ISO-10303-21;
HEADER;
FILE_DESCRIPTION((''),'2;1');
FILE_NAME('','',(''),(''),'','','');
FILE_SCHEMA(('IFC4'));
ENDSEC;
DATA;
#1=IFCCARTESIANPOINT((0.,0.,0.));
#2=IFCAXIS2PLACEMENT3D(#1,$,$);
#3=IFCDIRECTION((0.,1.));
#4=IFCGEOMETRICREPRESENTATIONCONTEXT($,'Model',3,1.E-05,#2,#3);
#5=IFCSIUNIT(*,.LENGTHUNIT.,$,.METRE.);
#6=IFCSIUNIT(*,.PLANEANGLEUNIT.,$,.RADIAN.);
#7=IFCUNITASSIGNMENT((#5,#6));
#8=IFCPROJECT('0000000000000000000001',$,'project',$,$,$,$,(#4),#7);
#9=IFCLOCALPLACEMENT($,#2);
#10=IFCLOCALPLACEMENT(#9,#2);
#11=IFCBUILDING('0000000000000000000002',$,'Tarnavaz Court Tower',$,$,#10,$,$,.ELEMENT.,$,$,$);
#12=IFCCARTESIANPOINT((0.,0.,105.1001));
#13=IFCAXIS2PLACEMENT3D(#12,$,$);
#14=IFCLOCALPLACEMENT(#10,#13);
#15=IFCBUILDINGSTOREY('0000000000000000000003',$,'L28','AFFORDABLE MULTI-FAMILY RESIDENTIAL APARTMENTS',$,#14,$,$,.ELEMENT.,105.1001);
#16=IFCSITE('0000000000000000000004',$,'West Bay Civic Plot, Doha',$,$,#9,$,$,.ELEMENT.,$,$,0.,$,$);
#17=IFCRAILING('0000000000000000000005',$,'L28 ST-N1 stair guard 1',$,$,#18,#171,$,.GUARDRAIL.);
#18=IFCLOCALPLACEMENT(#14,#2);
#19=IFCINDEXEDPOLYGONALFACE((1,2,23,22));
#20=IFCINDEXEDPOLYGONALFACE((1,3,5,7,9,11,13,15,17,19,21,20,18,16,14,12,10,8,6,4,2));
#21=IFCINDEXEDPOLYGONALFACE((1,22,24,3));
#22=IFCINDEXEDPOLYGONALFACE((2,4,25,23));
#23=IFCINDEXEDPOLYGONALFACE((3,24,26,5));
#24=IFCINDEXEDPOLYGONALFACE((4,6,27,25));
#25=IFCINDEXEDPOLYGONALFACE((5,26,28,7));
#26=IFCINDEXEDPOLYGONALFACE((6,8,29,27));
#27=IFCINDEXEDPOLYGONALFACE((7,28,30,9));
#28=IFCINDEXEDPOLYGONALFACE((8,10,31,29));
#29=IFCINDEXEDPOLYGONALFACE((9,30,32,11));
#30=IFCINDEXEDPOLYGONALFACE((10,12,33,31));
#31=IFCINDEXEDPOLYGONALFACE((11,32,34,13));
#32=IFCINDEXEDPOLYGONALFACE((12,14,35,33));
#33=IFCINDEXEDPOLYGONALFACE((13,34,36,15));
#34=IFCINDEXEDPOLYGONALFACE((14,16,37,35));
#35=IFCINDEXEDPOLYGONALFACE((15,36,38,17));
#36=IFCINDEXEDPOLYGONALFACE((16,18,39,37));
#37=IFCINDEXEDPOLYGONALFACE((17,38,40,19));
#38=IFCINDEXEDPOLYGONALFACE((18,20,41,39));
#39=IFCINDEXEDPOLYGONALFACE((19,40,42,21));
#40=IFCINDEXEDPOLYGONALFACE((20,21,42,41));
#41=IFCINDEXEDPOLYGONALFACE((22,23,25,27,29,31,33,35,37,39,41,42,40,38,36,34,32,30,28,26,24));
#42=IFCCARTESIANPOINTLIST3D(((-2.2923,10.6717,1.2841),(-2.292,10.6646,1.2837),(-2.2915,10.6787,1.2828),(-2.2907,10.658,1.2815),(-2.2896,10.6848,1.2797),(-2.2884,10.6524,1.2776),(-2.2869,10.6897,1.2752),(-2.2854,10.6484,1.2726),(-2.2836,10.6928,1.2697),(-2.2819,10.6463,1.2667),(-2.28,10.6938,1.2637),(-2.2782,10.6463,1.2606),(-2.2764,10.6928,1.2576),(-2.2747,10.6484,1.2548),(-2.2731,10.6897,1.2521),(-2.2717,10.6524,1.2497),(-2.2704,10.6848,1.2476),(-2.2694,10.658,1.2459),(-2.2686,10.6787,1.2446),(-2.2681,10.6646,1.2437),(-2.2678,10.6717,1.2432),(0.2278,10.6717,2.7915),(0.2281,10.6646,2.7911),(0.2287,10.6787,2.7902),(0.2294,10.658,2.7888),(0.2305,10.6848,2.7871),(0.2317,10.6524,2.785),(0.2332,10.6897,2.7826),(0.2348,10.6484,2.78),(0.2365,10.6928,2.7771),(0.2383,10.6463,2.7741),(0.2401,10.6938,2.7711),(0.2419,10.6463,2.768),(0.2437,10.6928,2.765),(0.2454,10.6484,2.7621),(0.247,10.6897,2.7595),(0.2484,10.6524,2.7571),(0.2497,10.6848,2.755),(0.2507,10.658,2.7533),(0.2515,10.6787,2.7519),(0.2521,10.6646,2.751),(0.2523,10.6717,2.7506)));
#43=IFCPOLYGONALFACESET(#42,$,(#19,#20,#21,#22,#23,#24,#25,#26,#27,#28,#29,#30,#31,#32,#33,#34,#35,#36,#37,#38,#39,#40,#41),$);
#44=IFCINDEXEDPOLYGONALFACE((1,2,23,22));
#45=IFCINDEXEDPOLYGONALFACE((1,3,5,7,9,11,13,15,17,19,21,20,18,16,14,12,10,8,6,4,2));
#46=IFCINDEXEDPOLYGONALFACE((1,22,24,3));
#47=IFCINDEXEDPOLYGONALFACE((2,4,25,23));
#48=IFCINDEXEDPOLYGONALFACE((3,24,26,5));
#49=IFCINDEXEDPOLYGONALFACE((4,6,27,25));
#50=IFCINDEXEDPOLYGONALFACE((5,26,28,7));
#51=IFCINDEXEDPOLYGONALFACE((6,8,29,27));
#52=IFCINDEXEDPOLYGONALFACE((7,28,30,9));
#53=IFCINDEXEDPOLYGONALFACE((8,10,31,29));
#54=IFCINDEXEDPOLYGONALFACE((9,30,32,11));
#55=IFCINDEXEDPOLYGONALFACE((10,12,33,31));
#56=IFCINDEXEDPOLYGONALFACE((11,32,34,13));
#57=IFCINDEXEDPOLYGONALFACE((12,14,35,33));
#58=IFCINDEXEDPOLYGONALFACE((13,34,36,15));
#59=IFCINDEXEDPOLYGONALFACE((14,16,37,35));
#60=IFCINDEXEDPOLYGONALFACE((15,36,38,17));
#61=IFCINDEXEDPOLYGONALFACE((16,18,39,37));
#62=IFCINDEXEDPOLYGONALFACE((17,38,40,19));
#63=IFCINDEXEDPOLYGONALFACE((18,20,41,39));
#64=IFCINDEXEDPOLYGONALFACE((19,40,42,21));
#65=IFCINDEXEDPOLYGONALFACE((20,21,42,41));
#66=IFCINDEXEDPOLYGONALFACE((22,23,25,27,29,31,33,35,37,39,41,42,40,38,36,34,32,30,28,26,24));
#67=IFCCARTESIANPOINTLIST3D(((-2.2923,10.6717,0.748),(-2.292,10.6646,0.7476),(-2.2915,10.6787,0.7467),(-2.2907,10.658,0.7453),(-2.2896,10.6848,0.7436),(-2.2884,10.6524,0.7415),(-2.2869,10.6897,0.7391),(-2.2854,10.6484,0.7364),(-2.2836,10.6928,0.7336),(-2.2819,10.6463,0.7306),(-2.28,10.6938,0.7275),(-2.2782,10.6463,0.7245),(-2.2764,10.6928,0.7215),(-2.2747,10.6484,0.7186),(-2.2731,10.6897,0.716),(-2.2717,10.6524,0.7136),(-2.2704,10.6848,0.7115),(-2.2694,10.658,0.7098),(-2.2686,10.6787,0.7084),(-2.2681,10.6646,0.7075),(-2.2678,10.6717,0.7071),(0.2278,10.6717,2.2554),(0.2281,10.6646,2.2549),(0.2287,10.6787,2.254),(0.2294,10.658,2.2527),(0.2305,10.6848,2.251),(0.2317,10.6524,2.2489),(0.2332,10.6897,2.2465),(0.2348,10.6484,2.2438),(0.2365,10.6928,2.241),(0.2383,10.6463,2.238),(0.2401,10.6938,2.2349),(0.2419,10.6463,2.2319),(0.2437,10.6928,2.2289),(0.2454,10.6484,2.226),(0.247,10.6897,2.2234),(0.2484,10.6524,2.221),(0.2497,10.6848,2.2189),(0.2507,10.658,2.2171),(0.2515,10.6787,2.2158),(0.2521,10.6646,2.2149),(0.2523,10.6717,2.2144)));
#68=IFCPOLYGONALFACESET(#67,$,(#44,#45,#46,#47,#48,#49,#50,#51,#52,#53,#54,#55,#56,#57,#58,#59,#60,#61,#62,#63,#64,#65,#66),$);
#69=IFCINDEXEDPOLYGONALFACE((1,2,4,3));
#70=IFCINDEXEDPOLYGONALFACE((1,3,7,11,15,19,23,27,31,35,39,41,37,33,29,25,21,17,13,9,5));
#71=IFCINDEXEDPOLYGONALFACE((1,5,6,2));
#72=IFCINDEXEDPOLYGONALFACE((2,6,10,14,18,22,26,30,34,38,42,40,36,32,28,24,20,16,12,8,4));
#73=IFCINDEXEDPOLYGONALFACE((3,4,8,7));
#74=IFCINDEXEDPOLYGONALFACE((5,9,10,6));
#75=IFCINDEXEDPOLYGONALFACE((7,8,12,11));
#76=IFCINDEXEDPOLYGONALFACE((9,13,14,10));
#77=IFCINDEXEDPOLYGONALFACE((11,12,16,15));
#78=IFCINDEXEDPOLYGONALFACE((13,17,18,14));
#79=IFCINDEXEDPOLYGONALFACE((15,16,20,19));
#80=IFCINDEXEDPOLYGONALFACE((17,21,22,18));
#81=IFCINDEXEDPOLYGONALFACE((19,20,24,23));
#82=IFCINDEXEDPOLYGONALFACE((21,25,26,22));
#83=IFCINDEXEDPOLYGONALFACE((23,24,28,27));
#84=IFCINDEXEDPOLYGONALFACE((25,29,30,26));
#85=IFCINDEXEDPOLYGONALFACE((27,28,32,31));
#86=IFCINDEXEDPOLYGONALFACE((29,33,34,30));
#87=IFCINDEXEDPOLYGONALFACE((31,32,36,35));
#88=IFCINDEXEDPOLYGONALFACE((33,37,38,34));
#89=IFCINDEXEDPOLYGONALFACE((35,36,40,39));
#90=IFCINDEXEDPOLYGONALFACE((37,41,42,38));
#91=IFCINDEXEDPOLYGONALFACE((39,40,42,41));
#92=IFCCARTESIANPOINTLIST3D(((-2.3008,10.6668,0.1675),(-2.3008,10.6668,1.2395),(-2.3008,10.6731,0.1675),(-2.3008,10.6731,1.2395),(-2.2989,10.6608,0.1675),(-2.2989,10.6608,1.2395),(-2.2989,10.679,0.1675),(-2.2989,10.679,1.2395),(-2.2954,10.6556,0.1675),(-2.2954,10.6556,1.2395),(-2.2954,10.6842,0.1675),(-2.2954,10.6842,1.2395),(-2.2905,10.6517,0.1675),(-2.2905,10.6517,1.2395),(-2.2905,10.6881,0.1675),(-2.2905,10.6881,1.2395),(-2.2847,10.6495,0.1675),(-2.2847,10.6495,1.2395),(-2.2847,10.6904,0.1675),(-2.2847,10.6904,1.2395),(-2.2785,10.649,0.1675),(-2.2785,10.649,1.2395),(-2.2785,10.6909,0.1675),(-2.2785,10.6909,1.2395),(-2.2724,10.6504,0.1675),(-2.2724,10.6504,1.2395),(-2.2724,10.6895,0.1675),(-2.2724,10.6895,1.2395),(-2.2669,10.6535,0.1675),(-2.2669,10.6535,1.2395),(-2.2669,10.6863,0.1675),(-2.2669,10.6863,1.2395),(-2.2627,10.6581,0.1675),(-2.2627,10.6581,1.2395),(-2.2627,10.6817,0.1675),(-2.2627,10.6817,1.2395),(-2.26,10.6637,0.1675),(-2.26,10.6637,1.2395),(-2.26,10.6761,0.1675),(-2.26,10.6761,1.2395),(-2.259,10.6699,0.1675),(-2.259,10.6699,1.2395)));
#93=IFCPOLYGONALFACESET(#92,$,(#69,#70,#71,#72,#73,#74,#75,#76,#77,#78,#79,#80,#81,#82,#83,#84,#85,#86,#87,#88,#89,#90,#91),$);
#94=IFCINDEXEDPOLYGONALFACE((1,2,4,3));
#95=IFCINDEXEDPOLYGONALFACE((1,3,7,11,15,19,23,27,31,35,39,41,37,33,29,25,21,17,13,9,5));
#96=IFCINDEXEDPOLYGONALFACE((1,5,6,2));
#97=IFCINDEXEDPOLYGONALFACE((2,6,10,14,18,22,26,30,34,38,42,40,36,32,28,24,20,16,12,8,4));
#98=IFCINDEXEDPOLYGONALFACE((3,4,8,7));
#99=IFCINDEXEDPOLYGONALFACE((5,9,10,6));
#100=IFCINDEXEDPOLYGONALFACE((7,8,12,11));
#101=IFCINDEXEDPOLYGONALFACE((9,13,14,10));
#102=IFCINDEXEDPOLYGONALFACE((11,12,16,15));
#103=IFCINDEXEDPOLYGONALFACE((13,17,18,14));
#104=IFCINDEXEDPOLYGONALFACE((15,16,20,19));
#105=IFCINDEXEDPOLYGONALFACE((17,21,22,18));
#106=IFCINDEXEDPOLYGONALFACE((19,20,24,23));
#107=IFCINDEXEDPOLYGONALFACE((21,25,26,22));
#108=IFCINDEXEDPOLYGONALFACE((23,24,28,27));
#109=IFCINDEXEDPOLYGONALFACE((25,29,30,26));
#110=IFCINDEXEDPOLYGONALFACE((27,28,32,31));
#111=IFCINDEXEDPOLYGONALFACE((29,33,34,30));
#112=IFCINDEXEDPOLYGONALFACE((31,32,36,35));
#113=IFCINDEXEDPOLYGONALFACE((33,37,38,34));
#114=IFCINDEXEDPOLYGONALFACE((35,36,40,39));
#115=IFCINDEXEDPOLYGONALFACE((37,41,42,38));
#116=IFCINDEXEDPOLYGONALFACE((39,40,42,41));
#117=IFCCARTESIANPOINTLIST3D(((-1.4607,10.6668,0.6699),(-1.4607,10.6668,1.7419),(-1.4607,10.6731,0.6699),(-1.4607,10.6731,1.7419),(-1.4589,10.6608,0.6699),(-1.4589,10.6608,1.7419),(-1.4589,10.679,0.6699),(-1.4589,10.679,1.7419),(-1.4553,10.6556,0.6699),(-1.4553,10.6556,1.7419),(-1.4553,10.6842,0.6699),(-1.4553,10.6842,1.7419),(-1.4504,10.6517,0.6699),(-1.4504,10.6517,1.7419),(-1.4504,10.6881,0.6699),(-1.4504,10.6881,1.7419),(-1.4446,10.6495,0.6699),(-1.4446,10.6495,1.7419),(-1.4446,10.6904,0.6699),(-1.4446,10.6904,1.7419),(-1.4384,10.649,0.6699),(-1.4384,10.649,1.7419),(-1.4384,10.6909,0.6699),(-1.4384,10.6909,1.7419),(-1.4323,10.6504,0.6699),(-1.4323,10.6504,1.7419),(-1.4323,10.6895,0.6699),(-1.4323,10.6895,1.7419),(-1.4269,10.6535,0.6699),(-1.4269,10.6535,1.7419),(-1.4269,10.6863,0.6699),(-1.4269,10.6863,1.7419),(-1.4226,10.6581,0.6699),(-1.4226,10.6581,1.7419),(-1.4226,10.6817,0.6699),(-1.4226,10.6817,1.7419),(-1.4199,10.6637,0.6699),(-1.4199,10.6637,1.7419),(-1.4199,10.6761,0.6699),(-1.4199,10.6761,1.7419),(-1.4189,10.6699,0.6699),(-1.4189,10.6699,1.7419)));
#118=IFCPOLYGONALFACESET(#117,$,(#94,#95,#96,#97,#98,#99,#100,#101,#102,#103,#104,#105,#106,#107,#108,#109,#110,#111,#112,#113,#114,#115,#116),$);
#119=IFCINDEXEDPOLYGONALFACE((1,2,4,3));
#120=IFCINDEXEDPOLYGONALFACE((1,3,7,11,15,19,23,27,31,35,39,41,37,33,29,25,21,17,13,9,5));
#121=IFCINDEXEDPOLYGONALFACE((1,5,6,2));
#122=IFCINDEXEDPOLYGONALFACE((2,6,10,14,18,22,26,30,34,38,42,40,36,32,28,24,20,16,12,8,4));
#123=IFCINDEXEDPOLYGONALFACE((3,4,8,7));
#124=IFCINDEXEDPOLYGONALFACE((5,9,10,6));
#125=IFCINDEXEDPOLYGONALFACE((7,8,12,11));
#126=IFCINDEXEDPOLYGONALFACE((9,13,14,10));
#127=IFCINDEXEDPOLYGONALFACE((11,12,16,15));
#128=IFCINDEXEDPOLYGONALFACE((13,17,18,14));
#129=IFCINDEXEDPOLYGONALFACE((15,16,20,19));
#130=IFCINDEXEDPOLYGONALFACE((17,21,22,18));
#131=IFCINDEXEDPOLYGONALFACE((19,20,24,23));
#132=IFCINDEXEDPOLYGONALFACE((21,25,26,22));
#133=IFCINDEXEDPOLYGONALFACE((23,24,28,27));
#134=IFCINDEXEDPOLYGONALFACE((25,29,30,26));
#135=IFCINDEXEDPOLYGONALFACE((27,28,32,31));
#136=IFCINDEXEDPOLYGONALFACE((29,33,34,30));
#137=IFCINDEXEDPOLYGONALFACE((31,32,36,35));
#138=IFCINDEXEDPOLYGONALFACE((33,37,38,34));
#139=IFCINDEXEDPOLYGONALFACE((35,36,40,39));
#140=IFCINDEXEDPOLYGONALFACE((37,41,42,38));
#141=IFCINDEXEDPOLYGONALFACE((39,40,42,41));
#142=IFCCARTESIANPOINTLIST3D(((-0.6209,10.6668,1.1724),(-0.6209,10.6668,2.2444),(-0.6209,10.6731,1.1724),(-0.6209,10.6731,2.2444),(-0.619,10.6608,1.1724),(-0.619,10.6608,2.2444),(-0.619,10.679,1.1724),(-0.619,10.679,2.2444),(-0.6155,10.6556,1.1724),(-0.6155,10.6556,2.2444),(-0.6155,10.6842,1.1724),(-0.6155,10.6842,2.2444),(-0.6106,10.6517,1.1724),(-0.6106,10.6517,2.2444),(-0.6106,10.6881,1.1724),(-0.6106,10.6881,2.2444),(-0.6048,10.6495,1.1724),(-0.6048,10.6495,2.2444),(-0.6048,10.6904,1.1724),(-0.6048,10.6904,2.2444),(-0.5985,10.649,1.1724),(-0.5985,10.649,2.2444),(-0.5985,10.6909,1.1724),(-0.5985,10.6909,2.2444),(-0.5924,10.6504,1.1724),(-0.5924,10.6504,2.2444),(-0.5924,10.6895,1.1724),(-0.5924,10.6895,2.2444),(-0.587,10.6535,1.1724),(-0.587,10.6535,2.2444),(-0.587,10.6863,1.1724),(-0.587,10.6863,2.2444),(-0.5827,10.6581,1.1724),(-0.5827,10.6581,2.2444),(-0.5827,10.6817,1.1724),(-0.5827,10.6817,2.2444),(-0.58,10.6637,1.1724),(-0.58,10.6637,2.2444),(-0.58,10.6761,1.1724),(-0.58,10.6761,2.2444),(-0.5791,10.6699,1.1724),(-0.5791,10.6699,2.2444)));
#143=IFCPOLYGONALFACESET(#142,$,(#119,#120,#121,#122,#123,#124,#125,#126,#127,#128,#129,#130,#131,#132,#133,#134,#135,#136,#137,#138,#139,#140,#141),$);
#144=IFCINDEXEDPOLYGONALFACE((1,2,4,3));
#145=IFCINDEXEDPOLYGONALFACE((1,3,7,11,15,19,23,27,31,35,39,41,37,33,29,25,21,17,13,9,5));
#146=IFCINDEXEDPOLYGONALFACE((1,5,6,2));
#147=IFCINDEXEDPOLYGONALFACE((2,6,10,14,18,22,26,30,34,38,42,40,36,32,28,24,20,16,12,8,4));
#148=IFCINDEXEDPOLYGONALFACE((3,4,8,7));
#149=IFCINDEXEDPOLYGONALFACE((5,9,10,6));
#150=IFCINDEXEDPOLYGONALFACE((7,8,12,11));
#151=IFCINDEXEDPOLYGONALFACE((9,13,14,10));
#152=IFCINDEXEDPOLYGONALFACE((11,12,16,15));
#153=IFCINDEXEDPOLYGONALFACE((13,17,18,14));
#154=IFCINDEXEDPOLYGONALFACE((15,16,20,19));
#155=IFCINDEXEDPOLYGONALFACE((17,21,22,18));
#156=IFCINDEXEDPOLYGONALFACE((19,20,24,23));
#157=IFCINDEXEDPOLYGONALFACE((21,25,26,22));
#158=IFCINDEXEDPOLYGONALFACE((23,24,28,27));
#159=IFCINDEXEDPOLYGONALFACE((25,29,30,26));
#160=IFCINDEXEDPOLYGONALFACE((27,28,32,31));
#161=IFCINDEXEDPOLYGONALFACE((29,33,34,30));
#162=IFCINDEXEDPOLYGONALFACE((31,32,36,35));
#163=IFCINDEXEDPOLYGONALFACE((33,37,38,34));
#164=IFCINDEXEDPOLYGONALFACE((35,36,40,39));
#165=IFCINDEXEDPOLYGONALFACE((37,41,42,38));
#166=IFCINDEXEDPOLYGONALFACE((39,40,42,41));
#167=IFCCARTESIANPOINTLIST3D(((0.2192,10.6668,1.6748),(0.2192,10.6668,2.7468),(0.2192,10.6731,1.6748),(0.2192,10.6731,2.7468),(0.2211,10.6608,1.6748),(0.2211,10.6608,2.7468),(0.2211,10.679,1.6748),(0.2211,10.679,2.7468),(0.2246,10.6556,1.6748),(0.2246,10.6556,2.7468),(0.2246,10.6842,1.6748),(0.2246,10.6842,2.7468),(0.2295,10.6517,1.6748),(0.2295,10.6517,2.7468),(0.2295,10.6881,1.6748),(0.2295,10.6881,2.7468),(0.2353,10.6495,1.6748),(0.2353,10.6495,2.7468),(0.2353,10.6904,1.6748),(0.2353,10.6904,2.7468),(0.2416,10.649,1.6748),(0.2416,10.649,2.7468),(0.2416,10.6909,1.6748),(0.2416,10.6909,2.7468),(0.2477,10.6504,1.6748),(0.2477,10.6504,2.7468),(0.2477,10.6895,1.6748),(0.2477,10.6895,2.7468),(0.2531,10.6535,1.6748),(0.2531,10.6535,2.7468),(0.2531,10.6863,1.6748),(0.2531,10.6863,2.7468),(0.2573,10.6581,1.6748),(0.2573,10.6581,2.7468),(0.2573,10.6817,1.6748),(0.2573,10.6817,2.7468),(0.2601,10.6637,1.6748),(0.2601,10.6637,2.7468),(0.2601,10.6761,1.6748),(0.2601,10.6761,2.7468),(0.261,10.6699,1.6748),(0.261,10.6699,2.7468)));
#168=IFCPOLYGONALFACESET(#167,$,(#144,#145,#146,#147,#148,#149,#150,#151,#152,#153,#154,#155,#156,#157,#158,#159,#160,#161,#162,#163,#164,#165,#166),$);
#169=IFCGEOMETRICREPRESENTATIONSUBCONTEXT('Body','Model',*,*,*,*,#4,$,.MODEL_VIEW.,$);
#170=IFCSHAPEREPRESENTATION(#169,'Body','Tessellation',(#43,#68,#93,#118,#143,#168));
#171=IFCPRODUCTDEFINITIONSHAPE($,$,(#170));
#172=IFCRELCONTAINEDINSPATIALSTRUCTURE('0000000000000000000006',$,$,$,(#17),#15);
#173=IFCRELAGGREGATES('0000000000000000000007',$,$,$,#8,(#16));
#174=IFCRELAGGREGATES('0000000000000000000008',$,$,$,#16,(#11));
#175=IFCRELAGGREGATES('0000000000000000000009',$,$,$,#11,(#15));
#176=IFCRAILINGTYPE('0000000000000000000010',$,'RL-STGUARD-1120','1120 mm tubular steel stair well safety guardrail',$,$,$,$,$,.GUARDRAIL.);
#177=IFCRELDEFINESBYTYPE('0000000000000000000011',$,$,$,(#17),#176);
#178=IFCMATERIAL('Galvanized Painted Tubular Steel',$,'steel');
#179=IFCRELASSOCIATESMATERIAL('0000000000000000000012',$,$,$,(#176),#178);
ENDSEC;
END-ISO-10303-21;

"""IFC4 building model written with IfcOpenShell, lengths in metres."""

from ifc_helpers import new_model, si_unit, direction, frame, origin, origin_2d, place, context, subcontext, project, spatial, circle, extrude, material, type_object, element, save


model = new_model("IFC4")

# Units and contexts
model_context = context("Model", 3, precision=1e-05, world=origin(), true_north=direction((0.0, 1.0)))
body_context = subcontext(model_context, "Body", "Model", "MODEL_VIEW")
ifc_project = project(units=[si_unit("LENGTHUNIT", "METRE"), si_unit("PLANEANGLEUNIT", "RADIAN")], contexts=[model_context])

# Site, building, storey
site_placement = place(None, origin())
site = spatial("IfcSite", under=ifc_project, at=site_placement, Name="West Bay Civic Plot, Doha", CompositionType="ELEMENT", RefElevation=0.0)
building_placement = place(site_placement, origin())
building = spatial("IfcBuilding", under=site, at=building_placement, Name="Tarnavaz Court Tower", CompositionType="ELEMENT")
storey_placement = place(building_placement, frame((0.0, 0.0, 105.1001)))
storey = spatial("IfcBuildingStorey", under=building, at=storey_placement, Name="L28", Description="AFFORDABLE MULTI-FAMILY RESIDENTIAL APARTMENTS", CompositionType="ELEMENT", Elevation=105.1001)

# Railing
ifc_material_1 = material(Name="Galvanized Painted Tubular Steel", Category="steel")
railing_type_1 = type_object("IfcRailingType", Name="RL-STGUARD-1120", Description="1120 mm tubular steel stair well safety guardrail", PredefinedType="GUARDRAIL", material=ifc_material_1)
railing_1_placement = place(storey_placement, frame((-2.28, 10.6699, 0.1675)))
element("IfcRailing", 1, at=railing_1_placement, inside=storey, type_object=railing_type_1, Name="L28 ST-N1 stair guard 1", PredefinedType="GUARDRAIL", context=body_context, shape_type="SweptSolid", body=[
    extrude(circle(Radius=0.0239, at=origin_2d()), frame((0.0, 0.0, 1.0962), z_axis=(0.858196, 0.0, 0.513321), x_axis=(0.0, 1.0, 0.0)), (0.0, 0.0, 1.0), 2.9365),
    extrude(circle(Radius=0.0239, at=origin_2d()), frame((0.0, 0.0, 0.5601), z_axis=(0.858196, 0.0, 0.513321), x_axis=(0.0, 1.0, 0.0)), (0.0, 0.0, 1.0), 2.9365),
    extrude(circle(Radius=0.021, at=origin_2d()), origin(), (0.0, 0.0, 1.0), 1.072),
    extrude(circle(Radius=0.021, at=origin_2d()), frame((0.8401, 0.0, 0.5024)), (0.0, 0.0, 1.0), 1.072),
    extrude(circle(Radius=0.021, at=origin_2d()), frame((1.6799, 0.0, 1.0049)), (0.0, 0.0, 1.0), 1.072),
    extrude(circle(Radius=0.021, at=origin_2d()), frame((2.52, 0.0, 1.5073)), (0.0, 0.0, 1.0), 1.072),
])

save(model, "model.ifc")
